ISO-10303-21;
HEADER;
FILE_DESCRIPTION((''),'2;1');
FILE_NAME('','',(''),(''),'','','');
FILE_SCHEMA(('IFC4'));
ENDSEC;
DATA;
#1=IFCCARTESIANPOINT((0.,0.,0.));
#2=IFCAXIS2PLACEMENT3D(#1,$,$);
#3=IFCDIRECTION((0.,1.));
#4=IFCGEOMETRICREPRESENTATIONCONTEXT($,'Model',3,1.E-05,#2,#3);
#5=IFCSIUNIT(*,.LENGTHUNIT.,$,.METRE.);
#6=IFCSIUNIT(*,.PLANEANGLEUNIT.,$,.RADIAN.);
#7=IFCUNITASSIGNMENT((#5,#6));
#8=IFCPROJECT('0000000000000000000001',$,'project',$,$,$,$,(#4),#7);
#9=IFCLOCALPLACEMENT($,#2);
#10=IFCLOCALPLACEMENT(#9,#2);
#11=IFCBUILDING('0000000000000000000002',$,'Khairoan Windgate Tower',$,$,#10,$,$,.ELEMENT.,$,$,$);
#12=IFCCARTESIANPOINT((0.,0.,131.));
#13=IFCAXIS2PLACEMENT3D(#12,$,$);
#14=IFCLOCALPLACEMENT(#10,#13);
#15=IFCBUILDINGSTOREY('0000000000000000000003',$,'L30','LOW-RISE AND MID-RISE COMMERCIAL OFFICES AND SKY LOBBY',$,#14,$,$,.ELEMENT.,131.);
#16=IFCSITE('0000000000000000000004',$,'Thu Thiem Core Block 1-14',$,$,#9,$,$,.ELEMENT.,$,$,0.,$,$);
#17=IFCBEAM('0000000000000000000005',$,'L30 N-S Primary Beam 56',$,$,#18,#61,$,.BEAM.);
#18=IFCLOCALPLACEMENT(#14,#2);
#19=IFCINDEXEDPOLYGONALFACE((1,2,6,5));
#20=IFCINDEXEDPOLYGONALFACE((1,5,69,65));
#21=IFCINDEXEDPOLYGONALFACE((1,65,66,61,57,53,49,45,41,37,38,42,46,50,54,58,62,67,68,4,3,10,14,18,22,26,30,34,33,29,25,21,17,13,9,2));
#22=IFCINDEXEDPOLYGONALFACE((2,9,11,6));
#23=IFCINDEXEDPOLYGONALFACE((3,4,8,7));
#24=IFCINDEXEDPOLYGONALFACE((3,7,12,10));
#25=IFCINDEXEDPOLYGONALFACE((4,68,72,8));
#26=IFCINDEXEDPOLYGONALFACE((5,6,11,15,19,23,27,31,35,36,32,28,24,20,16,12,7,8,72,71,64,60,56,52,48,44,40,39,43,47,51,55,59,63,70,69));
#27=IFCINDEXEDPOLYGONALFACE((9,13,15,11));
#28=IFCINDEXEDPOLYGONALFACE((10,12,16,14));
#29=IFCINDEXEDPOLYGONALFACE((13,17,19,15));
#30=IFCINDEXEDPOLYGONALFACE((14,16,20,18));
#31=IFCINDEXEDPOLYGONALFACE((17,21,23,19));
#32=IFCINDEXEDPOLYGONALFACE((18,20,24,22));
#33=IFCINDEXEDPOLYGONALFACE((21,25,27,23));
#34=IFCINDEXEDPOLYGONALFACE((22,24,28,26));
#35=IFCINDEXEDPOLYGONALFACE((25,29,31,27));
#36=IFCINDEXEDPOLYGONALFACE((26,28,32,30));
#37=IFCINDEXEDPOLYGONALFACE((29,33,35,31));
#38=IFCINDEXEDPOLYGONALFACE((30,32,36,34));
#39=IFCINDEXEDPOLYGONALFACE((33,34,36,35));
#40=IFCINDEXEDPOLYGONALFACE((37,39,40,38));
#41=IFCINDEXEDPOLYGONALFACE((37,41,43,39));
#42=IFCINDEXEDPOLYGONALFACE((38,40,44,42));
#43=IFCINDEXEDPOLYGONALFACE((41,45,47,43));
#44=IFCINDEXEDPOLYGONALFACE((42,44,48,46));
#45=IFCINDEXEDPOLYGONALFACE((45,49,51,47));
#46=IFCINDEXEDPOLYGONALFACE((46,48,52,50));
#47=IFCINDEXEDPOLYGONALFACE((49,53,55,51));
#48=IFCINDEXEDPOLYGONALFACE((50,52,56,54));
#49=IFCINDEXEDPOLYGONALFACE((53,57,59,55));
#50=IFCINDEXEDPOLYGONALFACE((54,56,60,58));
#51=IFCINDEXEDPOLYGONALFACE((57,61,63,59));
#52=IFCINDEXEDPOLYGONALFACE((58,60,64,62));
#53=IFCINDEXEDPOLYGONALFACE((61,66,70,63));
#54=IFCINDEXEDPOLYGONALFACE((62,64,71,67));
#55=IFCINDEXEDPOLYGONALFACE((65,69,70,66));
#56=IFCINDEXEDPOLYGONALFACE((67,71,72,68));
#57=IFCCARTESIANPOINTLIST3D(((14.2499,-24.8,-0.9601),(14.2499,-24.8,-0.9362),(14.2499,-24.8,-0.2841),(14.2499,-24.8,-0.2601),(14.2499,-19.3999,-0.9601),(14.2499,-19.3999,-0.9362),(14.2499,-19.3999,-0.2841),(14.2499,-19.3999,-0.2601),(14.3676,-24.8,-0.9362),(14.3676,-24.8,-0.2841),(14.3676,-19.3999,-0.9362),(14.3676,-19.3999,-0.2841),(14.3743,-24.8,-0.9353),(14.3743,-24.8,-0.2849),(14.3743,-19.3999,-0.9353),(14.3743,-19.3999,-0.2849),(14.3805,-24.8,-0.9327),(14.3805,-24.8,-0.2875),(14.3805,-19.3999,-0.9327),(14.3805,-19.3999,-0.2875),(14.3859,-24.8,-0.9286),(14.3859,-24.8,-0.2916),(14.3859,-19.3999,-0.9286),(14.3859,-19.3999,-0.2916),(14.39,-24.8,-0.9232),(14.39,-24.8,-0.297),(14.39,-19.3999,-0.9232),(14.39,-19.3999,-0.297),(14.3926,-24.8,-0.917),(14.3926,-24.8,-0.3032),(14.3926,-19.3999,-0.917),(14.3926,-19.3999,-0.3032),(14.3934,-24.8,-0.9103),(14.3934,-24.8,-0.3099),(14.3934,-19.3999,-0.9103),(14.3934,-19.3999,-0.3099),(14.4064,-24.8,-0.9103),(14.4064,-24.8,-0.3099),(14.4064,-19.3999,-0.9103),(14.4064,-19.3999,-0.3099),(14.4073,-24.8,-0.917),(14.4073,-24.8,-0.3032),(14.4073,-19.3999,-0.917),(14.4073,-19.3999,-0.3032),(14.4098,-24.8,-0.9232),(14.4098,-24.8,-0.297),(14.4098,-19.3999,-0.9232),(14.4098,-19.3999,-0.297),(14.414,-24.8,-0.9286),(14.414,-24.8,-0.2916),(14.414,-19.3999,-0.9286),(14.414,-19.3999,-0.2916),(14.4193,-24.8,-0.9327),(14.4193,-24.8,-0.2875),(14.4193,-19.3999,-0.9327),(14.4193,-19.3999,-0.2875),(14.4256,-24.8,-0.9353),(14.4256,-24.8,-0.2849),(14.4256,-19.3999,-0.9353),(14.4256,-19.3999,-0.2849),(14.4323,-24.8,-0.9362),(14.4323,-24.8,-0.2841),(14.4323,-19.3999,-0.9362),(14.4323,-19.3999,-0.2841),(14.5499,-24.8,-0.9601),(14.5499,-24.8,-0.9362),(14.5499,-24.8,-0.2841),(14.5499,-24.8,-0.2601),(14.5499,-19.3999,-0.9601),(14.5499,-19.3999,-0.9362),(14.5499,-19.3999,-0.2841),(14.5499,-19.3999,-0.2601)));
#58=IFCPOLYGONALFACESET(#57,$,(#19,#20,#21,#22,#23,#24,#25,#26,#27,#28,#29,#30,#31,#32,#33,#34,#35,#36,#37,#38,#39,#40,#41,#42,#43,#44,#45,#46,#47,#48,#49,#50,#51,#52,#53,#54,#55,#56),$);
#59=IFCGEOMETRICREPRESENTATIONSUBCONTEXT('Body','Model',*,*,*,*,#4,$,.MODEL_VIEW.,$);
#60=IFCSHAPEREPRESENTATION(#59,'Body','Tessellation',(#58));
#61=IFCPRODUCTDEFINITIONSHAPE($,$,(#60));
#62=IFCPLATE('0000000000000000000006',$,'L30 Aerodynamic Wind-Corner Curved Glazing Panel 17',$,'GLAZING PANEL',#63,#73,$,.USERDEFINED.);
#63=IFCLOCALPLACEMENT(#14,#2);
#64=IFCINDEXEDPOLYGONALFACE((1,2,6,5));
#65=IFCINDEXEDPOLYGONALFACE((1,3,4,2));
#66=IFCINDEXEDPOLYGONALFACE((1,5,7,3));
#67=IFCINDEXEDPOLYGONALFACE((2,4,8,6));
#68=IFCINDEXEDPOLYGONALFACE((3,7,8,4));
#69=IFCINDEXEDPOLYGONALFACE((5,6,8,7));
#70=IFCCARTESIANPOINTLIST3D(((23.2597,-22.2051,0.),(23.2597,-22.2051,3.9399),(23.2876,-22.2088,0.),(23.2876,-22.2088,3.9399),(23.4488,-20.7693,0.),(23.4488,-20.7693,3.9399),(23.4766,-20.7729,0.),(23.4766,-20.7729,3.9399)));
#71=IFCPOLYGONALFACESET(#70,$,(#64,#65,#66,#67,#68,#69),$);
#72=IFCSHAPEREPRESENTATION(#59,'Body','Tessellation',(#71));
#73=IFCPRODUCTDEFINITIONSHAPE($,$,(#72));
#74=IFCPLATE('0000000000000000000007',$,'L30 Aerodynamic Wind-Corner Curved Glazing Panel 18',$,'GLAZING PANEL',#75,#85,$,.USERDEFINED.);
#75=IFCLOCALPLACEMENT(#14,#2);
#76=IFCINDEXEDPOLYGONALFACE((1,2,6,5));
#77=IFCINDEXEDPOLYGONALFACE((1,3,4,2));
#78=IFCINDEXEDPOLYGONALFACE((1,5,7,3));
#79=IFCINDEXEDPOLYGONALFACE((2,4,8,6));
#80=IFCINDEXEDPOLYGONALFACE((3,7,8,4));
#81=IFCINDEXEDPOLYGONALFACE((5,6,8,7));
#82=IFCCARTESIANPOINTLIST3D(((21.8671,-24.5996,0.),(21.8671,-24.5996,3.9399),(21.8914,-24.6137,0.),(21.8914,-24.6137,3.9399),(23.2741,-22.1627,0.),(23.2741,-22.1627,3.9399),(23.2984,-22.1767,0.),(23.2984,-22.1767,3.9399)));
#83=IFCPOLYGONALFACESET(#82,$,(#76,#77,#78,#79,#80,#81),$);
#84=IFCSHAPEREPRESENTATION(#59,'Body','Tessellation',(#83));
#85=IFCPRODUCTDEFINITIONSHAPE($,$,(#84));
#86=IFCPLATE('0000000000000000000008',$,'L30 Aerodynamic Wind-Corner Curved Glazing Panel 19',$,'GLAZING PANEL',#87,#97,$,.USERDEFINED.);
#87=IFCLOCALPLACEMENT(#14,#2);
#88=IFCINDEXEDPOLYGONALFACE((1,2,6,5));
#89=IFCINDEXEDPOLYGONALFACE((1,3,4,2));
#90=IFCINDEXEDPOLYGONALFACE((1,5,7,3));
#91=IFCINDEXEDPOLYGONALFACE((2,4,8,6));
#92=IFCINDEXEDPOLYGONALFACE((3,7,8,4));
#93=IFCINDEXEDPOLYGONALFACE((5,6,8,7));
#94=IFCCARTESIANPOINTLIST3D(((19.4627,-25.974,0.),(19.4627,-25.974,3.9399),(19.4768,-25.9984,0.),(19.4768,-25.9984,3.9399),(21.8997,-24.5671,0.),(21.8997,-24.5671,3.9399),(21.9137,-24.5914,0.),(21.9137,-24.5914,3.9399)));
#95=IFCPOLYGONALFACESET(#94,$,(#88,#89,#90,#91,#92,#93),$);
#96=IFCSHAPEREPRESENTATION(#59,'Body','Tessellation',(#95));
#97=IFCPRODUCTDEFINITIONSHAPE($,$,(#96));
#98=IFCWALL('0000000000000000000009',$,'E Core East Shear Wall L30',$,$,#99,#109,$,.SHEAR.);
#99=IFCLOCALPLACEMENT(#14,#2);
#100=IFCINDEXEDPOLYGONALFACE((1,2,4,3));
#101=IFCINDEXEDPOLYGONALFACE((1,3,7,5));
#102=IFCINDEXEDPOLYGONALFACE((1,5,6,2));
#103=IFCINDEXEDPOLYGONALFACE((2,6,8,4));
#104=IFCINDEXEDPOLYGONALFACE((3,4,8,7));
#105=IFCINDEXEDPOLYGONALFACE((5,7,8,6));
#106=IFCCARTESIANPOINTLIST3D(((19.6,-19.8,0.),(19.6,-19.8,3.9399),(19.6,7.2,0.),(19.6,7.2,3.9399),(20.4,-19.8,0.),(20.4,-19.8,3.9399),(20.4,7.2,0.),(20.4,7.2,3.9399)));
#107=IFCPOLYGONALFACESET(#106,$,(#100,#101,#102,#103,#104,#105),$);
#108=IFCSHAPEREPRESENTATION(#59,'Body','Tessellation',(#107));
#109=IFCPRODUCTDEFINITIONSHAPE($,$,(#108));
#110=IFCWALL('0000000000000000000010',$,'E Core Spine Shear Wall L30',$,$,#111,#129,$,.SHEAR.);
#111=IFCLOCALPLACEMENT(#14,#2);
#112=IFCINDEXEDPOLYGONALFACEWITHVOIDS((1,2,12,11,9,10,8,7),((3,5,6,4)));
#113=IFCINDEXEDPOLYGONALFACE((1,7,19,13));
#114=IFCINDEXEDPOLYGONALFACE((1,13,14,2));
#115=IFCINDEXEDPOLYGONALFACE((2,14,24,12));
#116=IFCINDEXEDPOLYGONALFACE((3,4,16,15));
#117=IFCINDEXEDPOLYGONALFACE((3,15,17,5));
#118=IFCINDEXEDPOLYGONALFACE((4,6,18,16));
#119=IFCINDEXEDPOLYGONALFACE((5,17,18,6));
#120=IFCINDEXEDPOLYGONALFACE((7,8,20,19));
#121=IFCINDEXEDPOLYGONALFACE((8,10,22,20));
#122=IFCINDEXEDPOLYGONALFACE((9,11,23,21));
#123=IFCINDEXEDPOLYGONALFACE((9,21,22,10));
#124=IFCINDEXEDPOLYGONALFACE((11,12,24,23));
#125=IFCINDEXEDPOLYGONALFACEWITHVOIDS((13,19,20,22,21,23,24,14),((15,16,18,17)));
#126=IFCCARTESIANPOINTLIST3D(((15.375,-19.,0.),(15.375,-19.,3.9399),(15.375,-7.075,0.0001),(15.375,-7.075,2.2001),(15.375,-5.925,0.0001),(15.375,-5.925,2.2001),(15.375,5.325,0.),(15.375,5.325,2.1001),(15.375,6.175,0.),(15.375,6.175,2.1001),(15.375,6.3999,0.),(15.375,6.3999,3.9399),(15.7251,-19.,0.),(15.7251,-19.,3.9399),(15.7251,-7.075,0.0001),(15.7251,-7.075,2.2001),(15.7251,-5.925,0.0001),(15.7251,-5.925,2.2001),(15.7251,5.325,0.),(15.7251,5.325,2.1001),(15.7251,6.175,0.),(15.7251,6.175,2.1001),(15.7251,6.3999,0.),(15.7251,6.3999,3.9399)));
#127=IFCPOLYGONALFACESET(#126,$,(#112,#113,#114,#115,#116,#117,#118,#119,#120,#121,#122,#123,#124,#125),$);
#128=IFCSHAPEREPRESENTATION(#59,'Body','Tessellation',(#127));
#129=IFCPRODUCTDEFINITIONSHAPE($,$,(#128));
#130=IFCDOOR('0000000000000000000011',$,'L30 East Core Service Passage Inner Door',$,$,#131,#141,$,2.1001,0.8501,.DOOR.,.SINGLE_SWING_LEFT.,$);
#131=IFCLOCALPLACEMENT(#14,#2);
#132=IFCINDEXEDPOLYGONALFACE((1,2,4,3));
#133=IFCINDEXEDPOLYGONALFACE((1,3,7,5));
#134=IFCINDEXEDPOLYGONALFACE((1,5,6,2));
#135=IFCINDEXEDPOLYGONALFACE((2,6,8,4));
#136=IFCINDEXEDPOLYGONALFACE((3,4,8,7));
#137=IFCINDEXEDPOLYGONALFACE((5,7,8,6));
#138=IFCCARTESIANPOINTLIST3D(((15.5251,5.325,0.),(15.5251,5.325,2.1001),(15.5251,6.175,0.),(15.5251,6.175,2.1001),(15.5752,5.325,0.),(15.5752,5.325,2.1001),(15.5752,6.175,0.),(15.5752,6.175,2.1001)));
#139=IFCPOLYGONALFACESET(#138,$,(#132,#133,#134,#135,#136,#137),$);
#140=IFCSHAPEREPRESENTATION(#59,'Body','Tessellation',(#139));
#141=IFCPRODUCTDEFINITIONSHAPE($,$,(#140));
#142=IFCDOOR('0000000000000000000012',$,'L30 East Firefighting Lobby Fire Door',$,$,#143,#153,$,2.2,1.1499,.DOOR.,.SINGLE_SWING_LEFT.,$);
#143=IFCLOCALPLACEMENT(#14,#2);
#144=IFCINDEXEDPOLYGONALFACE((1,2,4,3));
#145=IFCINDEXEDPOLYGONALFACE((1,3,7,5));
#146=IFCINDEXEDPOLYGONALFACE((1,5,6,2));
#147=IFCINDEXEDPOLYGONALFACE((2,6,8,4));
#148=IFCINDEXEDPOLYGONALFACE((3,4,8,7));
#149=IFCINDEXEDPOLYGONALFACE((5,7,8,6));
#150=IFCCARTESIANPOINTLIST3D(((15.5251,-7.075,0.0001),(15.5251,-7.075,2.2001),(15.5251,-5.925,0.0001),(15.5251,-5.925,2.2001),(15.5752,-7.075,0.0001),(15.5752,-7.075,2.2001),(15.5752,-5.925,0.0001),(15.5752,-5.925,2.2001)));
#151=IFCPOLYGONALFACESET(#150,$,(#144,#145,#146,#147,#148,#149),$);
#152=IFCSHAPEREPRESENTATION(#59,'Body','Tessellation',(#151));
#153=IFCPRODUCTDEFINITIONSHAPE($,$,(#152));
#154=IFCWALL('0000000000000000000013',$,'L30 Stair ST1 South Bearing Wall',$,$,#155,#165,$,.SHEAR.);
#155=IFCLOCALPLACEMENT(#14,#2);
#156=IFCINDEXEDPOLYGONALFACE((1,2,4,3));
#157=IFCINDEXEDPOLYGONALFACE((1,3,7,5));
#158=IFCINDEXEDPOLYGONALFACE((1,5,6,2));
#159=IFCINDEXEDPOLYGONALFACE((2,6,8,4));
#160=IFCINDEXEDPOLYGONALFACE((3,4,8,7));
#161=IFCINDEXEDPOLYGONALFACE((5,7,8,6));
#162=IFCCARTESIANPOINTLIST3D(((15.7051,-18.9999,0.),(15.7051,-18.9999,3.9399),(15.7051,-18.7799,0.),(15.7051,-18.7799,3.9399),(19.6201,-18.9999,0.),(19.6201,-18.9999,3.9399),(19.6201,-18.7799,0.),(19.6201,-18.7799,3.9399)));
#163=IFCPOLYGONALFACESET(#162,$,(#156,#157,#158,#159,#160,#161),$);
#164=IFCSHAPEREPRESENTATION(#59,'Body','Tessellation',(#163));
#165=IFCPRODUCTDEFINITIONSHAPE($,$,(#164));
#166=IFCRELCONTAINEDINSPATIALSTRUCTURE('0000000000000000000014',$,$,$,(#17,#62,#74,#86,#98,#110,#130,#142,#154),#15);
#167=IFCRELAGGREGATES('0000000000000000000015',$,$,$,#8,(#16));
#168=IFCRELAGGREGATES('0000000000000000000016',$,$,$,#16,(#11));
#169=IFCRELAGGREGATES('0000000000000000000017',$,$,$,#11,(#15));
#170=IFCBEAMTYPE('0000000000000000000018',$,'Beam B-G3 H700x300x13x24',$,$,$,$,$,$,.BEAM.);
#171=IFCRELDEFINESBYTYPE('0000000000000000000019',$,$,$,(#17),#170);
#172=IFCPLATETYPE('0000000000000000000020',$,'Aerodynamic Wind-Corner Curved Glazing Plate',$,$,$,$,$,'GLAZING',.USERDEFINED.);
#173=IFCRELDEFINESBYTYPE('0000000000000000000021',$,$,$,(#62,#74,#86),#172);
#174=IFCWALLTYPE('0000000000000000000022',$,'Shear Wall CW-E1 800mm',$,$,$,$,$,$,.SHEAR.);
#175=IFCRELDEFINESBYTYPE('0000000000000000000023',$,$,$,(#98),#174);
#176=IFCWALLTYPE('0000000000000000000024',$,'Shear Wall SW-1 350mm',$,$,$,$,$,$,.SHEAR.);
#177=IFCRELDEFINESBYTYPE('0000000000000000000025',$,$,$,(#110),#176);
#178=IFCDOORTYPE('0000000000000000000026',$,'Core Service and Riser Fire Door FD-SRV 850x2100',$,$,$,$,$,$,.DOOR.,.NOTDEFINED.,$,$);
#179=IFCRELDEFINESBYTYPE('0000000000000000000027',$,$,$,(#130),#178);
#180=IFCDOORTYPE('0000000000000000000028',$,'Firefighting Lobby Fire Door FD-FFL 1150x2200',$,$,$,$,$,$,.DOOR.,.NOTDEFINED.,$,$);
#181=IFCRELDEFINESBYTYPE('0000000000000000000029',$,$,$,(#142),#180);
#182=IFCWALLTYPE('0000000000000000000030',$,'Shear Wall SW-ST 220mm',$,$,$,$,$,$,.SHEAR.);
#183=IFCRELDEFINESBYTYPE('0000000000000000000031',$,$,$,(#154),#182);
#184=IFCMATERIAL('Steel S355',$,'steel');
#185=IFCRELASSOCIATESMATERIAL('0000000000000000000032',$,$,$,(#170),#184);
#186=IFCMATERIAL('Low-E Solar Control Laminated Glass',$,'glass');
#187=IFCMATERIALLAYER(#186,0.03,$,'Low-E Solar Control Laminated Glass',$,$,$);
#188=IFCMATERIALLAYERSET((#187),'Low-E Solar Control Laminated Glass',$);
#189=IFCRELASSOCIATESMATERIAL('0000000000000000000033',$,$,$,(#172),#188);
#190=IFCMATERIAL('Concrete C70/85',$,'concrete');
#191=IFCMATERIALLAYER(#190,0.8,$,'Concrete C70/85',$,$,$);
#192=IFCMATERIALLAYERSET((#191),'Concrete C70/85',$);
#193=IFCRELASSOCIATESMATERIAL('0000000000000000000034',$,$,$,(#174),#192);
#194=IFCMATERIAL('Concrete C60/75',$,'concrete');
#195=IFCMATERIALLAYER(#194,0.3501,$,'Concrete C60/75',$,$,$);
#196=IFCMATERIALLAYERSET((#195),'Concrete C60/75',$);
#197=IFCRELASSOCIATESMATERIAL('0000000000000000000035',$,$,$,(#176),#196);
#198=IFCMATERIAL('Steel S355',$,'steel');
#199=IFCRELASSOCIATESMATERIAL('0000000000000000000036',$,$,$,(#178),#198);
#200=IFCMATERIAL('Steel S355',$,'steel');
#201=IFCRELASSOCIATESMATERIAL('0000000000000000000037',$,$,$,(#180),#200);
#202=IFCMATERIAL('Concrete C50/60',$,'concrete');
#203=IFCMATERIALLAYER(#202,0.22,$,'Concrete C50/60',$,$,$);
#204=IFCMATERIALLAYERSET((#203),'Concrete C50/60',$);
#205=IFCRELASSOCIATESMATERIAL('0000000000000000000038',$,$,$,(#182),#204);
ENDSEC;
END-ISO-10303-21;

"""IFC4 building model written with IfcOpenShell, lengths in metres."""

from ifc_helpers import new_model, si_unit, direction, frame, frame_2d, origin, origin_2d, place, context, subcontext, project, spatial, rectangle, i_section, extrude, material, layer, layer_set, material_profile, profile_set, type_object, element, fill, save


model = new_model("IFC4")

# Units and contexts
model_context = context("Model", 3, precision=1e-05, world=origin(), true_north=direction((0.0, 1.0)))
body_context = subcontext(model_context, "Body", "Model", "MODEL_VIEW")
ifc_project = project(units=[si_unit("LENGTHUNIT", "METRE"), si_unit("PLANEANGLEUNIT", "RADIAN")], contexts=[model_context])

# Site, building, storey
site_placement = place(None, origin())
site = spatial("IfcSite", under=ifc_project, at=site_placement, Name="Thu Thiem Core Block 1-14", CompositionType="ELEMENT", RefElevation=0.0)
building_placement = place(site_placement, origin())
building = spatial("IfcBuilding", under=site, at=building_placement, Name="Khairoan Windgate Tower", CompositionType="ELEMENT")
storey_placement = place(building_placement, frame((0.0, 0.0, 131.0)))
storey = spatial("IfcBuildingStorey", under=building, at=storey_placement, Name="L30", Description="LOW-RISE AND MID-RISE COMMERCIAL OFFICES AND SKY LOBBY", CompositionType="ELEMENT", Elevation=131.0)

# Beam
ifc_material_1 = material(Name="Steel S355", Category="steel")
ifc_material_profile_1 = material_profile(ifc_material_1, i_section(OverallWidth=0.3, OverallDepth=0.7, WebThickness=0.0129, FlangeThickness=0.0239, FilletRadius=0.0259, at=origin_2d()))
ifc_profile_set_1 = profile_set([ifc_material_profile_1], Name="Steel S355")
beam_type = type_object("IfcBeamType", Name="Beam B-G3 H700x300x13x24", PredefinedType="BEAM", material=ifc_profile_set_1)
beam_placement = place(storey_placement, frame((14.3999, -24.8, -0.6101), z_axis=(0.0, 1.0, 0.0), x_axis=(-1.0, 0.0, 0.0)))
element("IfcBeam", 1, at=beam_placement, inside=storey, type_object=beam_type, Name="L30 N-S Primary Beam 56", PredefinedType="BEAM", context=body_context, shape_type="SweptSolid", body=[
    extrude(i_section(OverallWidth=0.3, OverallDepth=0.7, WebThickness=0.0129, FlangeThickness=0.0239, FilletRadius=0.0259, at=origin_2d()), origin(), (0.0, 0.0, 1.0), 5.4001),
])

# Plates
ifc_material_2 = material(Name="Low-E Solar Control Laminated Glass", Category="glass")
ifc_layer_1 = layer(ifc_material_2, 0.03, Name="Low-E Solar Control Laminated Glass")
ifc_layer_set_1 = layer_set([ifc_layer_1], Name="Low-E Solar Control Laminated Glass")
plate_type_1 = type_object("IfcPlateType", Name="Aerodynamic Wind-Corner Curved Glazing Plate", ElementType="GLAZING", PredefinedType="USERDEFINED", material=ifc_layer_set_1)
plate_1_placement = place(storey_placement, frame((23.3682, -21.489, 0.0), z_axis=(0.0, 0.0, 1.0), x_axis=(-0.130526, -0.991445, 0.0)))
element("IfcPlate", 2, at=plate_1_placement, inside=storey, type_object=plate_type_1, Name="L30 Aerodynamic Wind-Corner Curved Glazing Panel 17", ObjectType="GLAZING PANEL", PredefinedType="USERDEFINED", context=body_context, shape_type="SweptSolid", body=[
    extrude(rectangle(XDim=1.4482, YDim=0.0281, at=origin_2d()), origin(), (0.0, 0.0, 1.0), 3.9399),
])
for number, where, z_axis, x_axis, name in (
    (3, (22.5828, -23.3882, 0.0), (0.0, 0.0, 1.0), (-0.5, -0.866025, 0.0), "L30 Aerodynamic Wind-Corner Curved Glazing Panel 18"),
    (4, (20.6882, -25.2827, 0.0), (0.0, 0.0, 1.0), (-0.866025, -0.5, 0.0), "L30 Aerodynamic Wind-Corner Curved Glazing Panel 19"),
):
    element("IfcPlate", number, at=place(storey_placement, frame(where, z_axis=z_axis, x_axis=x_axis)), inside=storey, type_object=plate_type_1, Name=name, ObjectType="GLAZING PANEL", PredefinedType="USERDEFINED", context=body_context, shape_type="SweptSolid", body=[
        extrude(rectangle(XDim=2.814, YDim=0.0281, at=origin_2d()), origin(), (0.0, 0.0, 1.0), 3.9399),
    ])

# Wall
ifc_material_3 = material(Name="Concrete C70/85", Category="concrete")
ifc_layer_2 = layer(ifc_material_3, 0.8, Name="Concrete C70/85")
ifc_layer_set_2 = layer_set([ifc_layer_2], Name="Concrete C70/85")
wall_type_1 = type_object("IfcWallType", Name="Shear Wall CW-E1 800mm", PredefinedType="SHEAR", material=ifc_layer_set_2)
wall_1_placement = place(storey_placement, frame((20.0, -19.8, 0.0), z_axis=(0.0, 0.0, 1.0), x_axis=(0.0, 1.0, 0.0)))
element("IfcWall", 5, at=wall_1_placement, inside=storey, type_object=wall_type_1, Name="E Core East Shear Wall L30", PredefinedType="SHEAR", context=body_context, shape_type="SweptSolid", body=[
    extrude(rectangle(XDim=27.0, YDim=0.8, at=frame_2d((13.5, 0.0))), origin(), (0.0, 0.0, 1.0), 3.9399),
])

# Wall, openings, doors
ifc_material_4 = material(Name="Concrete C60/75", Category="concrete")
ifc_layer_3 = layer(ifc_material_4, 0.3501, Name="Concrete C60/75")
ifc_layer_set_3 = layer_set([ifc_layer_3], Name="Concrete C60/75")
wall_type_2 = type_object("IfcWallType", Name="Shear Wall SW-1 350mm", PredefinedType="SHEAR", material=ifc_layer_set_3)
wall_2_placement = place(storey_placement, frame((15.55, -19.0, 0.0), z_axis=(0.0, 0.0, 1.0), x_axis=(0.0, 1.0, 0.0)))
wall_2 = element("IfcWall", 6, at=wall_2_placement, inside=storey, type_object=wall_type_2, Name="E Core Spine Shear Wall L30", PredefinedType="SHEAR", context=body_context, shape_type="SweptSolid", body=[
    extrude(rectangle(XDim=25.3999, YDim=0.3501, at=frame_2d((12.7, 0.0))), origin(), (0.0, 0.0, 1.0), 3.9399),
])
opening_1_placement = place(wall_2_placement, frame((11.925, 0.0, 0.0)))
opening_1 = element("IfcOpeningElement", 7, at=opening_1_placement, cuts=wall_2, PredefinedType="OPENING", context=body_context, shape_type="SweptSolid", body=[
    extrude(rectangle(XDim=1.1499, YDim=2.2, at=frame_2d((0.575, 1.1001))), frame((0.0, 0.1851, 0.0), z_axis=(0.0, -1.0, 0.0), x_axis=(1.0, 0.0, 0.0)), (0.0, 0.0, 1.0), 0.3701),
])
opening_2_placement = place(wall_2_placement, frame((24.325, 0.0, 0.0)))
opening_2 = element("IfcOpeningElement", 8, at=opening_2_placement, cuts=wall_2, PredefinedType="OPENING", context=body_context, shape_type="SweptSolid", body=[
    extrude(rectangle(XDim=0.8501, YDim=2.1001, at=frame_2d((0.425, 1.05))), frame((0.0, 0.1851, 0.0), z_axis=(0.0, -1.0, 0.0), x_axis=(1.0, 0.0, 0.0)), (0.0, 0.0, 1.0), 0.3701),
])
ifc_material_5 = material(Name="Steel S355", Category="steel")
door_type_1 = type_object("IfcDoorType", Name="Core Service and Riser Fire Door FD-SRV 850x2100", OperationType="NOTDEFINED", PredefinedType="DOOR", material=ifc_material_5)
door_1_placement = place(opening_2_placement, origin())
door_1 = element("IfcDoor", 9, at=door_1_placement, inside=storey, type_object=door_type_1, Name="L30 East Core Service Passage Inner Door", OperationType="SINGLE_SWING_LEFT", OverallHeight=2.1001, OverallWidth=0.8501, PredefinedType="DOOR", context=body_context, shape_type="SweptSolid", body=[
    extrude(rectangle(XDim=0.8501, YDim=2.1001, at=frame_2d((0.425, 1.05))), frame((0.0, 0.0249, 0.0), z_axis=(0.0, -1.0, 0.0), x_axis=(1.0, 0.0, 0.0)), (0.0, 0.0, 1.0), 0.05),
])
fill(opening_2, door_1)
ifc_material_6 = material(Name="Steel S355", Category="steel")
door_type_2 = type_object("IfcDoorType", Name="Firefighting Lobby Fire Door FD-FFL 1150x2200", OperationType="NOTDEFINED", PredefinedType="DOOR", material=ifc_material_6)
door_2_placement = place(opening_1_placement, origin())
door_2 = element("IfcDoor", 10, at=door_2_placement, inside=storey, type_object=door_type_2, Name="L30 East Firefighting Lobby Fire Door", OperationType="SINGLE_SWING_LEFT", OverallHeight=2.2, OverallWidth=1.1499, PredefinedType="DOOR", context=body_context, shape_type="SweptSolid", body=[
    extrude(rectangle(XDim=1.1499, YDim=2.2, at=frame_2d((0.575, 1.1001))), frame((0.0, 0.0249, 0.0), z_axis=(0.0, -1.0, 0.0), x_axis=(1.0, 0.0, 0.0)), (0.0, 0.0, 1.0), 0.05),
])
fill(opening_1, door_2)

# Wall
ifc_material_7 = material(Name="Concrete C50/60", Category="concrete")
ifc_layer_4 = layer(ifc_material_7, 0.22, Name="Concrete C50/60")
ifc_layer_set_4 = layer_set([ifc_layer_4], Name="Concrete C50/60")
wall_type_3 = type_object("IfcWallType", Name="Shear Wall SW-ST 220mm", PredefinedType="SHEAR", material=ifc_layer_set_4)
wall_3_placement = place(storey_placement, frame((15.7051, -18.8899, 0.0), z_axis=(0.0, 0.0, 1.0), x_axis=(1.0, 0.0, 0.0)))
element("IfcWall", 11, at=wall_3_placement, inside=storey, type_object=wall_type_3, Name="L30 Stair ST1 South Bearing Wall", PredefinedType="SHEAR", context=body_context, shape_type="SweptSolid", body=[
    extrude(rectangle(XDim=3.915, YDim=0.22, at=frame_2d((1.9575, 0.0))), origin(), (0.0, 0.0, 1.0), 3.9399),
])

save(model, "model.ifc")
